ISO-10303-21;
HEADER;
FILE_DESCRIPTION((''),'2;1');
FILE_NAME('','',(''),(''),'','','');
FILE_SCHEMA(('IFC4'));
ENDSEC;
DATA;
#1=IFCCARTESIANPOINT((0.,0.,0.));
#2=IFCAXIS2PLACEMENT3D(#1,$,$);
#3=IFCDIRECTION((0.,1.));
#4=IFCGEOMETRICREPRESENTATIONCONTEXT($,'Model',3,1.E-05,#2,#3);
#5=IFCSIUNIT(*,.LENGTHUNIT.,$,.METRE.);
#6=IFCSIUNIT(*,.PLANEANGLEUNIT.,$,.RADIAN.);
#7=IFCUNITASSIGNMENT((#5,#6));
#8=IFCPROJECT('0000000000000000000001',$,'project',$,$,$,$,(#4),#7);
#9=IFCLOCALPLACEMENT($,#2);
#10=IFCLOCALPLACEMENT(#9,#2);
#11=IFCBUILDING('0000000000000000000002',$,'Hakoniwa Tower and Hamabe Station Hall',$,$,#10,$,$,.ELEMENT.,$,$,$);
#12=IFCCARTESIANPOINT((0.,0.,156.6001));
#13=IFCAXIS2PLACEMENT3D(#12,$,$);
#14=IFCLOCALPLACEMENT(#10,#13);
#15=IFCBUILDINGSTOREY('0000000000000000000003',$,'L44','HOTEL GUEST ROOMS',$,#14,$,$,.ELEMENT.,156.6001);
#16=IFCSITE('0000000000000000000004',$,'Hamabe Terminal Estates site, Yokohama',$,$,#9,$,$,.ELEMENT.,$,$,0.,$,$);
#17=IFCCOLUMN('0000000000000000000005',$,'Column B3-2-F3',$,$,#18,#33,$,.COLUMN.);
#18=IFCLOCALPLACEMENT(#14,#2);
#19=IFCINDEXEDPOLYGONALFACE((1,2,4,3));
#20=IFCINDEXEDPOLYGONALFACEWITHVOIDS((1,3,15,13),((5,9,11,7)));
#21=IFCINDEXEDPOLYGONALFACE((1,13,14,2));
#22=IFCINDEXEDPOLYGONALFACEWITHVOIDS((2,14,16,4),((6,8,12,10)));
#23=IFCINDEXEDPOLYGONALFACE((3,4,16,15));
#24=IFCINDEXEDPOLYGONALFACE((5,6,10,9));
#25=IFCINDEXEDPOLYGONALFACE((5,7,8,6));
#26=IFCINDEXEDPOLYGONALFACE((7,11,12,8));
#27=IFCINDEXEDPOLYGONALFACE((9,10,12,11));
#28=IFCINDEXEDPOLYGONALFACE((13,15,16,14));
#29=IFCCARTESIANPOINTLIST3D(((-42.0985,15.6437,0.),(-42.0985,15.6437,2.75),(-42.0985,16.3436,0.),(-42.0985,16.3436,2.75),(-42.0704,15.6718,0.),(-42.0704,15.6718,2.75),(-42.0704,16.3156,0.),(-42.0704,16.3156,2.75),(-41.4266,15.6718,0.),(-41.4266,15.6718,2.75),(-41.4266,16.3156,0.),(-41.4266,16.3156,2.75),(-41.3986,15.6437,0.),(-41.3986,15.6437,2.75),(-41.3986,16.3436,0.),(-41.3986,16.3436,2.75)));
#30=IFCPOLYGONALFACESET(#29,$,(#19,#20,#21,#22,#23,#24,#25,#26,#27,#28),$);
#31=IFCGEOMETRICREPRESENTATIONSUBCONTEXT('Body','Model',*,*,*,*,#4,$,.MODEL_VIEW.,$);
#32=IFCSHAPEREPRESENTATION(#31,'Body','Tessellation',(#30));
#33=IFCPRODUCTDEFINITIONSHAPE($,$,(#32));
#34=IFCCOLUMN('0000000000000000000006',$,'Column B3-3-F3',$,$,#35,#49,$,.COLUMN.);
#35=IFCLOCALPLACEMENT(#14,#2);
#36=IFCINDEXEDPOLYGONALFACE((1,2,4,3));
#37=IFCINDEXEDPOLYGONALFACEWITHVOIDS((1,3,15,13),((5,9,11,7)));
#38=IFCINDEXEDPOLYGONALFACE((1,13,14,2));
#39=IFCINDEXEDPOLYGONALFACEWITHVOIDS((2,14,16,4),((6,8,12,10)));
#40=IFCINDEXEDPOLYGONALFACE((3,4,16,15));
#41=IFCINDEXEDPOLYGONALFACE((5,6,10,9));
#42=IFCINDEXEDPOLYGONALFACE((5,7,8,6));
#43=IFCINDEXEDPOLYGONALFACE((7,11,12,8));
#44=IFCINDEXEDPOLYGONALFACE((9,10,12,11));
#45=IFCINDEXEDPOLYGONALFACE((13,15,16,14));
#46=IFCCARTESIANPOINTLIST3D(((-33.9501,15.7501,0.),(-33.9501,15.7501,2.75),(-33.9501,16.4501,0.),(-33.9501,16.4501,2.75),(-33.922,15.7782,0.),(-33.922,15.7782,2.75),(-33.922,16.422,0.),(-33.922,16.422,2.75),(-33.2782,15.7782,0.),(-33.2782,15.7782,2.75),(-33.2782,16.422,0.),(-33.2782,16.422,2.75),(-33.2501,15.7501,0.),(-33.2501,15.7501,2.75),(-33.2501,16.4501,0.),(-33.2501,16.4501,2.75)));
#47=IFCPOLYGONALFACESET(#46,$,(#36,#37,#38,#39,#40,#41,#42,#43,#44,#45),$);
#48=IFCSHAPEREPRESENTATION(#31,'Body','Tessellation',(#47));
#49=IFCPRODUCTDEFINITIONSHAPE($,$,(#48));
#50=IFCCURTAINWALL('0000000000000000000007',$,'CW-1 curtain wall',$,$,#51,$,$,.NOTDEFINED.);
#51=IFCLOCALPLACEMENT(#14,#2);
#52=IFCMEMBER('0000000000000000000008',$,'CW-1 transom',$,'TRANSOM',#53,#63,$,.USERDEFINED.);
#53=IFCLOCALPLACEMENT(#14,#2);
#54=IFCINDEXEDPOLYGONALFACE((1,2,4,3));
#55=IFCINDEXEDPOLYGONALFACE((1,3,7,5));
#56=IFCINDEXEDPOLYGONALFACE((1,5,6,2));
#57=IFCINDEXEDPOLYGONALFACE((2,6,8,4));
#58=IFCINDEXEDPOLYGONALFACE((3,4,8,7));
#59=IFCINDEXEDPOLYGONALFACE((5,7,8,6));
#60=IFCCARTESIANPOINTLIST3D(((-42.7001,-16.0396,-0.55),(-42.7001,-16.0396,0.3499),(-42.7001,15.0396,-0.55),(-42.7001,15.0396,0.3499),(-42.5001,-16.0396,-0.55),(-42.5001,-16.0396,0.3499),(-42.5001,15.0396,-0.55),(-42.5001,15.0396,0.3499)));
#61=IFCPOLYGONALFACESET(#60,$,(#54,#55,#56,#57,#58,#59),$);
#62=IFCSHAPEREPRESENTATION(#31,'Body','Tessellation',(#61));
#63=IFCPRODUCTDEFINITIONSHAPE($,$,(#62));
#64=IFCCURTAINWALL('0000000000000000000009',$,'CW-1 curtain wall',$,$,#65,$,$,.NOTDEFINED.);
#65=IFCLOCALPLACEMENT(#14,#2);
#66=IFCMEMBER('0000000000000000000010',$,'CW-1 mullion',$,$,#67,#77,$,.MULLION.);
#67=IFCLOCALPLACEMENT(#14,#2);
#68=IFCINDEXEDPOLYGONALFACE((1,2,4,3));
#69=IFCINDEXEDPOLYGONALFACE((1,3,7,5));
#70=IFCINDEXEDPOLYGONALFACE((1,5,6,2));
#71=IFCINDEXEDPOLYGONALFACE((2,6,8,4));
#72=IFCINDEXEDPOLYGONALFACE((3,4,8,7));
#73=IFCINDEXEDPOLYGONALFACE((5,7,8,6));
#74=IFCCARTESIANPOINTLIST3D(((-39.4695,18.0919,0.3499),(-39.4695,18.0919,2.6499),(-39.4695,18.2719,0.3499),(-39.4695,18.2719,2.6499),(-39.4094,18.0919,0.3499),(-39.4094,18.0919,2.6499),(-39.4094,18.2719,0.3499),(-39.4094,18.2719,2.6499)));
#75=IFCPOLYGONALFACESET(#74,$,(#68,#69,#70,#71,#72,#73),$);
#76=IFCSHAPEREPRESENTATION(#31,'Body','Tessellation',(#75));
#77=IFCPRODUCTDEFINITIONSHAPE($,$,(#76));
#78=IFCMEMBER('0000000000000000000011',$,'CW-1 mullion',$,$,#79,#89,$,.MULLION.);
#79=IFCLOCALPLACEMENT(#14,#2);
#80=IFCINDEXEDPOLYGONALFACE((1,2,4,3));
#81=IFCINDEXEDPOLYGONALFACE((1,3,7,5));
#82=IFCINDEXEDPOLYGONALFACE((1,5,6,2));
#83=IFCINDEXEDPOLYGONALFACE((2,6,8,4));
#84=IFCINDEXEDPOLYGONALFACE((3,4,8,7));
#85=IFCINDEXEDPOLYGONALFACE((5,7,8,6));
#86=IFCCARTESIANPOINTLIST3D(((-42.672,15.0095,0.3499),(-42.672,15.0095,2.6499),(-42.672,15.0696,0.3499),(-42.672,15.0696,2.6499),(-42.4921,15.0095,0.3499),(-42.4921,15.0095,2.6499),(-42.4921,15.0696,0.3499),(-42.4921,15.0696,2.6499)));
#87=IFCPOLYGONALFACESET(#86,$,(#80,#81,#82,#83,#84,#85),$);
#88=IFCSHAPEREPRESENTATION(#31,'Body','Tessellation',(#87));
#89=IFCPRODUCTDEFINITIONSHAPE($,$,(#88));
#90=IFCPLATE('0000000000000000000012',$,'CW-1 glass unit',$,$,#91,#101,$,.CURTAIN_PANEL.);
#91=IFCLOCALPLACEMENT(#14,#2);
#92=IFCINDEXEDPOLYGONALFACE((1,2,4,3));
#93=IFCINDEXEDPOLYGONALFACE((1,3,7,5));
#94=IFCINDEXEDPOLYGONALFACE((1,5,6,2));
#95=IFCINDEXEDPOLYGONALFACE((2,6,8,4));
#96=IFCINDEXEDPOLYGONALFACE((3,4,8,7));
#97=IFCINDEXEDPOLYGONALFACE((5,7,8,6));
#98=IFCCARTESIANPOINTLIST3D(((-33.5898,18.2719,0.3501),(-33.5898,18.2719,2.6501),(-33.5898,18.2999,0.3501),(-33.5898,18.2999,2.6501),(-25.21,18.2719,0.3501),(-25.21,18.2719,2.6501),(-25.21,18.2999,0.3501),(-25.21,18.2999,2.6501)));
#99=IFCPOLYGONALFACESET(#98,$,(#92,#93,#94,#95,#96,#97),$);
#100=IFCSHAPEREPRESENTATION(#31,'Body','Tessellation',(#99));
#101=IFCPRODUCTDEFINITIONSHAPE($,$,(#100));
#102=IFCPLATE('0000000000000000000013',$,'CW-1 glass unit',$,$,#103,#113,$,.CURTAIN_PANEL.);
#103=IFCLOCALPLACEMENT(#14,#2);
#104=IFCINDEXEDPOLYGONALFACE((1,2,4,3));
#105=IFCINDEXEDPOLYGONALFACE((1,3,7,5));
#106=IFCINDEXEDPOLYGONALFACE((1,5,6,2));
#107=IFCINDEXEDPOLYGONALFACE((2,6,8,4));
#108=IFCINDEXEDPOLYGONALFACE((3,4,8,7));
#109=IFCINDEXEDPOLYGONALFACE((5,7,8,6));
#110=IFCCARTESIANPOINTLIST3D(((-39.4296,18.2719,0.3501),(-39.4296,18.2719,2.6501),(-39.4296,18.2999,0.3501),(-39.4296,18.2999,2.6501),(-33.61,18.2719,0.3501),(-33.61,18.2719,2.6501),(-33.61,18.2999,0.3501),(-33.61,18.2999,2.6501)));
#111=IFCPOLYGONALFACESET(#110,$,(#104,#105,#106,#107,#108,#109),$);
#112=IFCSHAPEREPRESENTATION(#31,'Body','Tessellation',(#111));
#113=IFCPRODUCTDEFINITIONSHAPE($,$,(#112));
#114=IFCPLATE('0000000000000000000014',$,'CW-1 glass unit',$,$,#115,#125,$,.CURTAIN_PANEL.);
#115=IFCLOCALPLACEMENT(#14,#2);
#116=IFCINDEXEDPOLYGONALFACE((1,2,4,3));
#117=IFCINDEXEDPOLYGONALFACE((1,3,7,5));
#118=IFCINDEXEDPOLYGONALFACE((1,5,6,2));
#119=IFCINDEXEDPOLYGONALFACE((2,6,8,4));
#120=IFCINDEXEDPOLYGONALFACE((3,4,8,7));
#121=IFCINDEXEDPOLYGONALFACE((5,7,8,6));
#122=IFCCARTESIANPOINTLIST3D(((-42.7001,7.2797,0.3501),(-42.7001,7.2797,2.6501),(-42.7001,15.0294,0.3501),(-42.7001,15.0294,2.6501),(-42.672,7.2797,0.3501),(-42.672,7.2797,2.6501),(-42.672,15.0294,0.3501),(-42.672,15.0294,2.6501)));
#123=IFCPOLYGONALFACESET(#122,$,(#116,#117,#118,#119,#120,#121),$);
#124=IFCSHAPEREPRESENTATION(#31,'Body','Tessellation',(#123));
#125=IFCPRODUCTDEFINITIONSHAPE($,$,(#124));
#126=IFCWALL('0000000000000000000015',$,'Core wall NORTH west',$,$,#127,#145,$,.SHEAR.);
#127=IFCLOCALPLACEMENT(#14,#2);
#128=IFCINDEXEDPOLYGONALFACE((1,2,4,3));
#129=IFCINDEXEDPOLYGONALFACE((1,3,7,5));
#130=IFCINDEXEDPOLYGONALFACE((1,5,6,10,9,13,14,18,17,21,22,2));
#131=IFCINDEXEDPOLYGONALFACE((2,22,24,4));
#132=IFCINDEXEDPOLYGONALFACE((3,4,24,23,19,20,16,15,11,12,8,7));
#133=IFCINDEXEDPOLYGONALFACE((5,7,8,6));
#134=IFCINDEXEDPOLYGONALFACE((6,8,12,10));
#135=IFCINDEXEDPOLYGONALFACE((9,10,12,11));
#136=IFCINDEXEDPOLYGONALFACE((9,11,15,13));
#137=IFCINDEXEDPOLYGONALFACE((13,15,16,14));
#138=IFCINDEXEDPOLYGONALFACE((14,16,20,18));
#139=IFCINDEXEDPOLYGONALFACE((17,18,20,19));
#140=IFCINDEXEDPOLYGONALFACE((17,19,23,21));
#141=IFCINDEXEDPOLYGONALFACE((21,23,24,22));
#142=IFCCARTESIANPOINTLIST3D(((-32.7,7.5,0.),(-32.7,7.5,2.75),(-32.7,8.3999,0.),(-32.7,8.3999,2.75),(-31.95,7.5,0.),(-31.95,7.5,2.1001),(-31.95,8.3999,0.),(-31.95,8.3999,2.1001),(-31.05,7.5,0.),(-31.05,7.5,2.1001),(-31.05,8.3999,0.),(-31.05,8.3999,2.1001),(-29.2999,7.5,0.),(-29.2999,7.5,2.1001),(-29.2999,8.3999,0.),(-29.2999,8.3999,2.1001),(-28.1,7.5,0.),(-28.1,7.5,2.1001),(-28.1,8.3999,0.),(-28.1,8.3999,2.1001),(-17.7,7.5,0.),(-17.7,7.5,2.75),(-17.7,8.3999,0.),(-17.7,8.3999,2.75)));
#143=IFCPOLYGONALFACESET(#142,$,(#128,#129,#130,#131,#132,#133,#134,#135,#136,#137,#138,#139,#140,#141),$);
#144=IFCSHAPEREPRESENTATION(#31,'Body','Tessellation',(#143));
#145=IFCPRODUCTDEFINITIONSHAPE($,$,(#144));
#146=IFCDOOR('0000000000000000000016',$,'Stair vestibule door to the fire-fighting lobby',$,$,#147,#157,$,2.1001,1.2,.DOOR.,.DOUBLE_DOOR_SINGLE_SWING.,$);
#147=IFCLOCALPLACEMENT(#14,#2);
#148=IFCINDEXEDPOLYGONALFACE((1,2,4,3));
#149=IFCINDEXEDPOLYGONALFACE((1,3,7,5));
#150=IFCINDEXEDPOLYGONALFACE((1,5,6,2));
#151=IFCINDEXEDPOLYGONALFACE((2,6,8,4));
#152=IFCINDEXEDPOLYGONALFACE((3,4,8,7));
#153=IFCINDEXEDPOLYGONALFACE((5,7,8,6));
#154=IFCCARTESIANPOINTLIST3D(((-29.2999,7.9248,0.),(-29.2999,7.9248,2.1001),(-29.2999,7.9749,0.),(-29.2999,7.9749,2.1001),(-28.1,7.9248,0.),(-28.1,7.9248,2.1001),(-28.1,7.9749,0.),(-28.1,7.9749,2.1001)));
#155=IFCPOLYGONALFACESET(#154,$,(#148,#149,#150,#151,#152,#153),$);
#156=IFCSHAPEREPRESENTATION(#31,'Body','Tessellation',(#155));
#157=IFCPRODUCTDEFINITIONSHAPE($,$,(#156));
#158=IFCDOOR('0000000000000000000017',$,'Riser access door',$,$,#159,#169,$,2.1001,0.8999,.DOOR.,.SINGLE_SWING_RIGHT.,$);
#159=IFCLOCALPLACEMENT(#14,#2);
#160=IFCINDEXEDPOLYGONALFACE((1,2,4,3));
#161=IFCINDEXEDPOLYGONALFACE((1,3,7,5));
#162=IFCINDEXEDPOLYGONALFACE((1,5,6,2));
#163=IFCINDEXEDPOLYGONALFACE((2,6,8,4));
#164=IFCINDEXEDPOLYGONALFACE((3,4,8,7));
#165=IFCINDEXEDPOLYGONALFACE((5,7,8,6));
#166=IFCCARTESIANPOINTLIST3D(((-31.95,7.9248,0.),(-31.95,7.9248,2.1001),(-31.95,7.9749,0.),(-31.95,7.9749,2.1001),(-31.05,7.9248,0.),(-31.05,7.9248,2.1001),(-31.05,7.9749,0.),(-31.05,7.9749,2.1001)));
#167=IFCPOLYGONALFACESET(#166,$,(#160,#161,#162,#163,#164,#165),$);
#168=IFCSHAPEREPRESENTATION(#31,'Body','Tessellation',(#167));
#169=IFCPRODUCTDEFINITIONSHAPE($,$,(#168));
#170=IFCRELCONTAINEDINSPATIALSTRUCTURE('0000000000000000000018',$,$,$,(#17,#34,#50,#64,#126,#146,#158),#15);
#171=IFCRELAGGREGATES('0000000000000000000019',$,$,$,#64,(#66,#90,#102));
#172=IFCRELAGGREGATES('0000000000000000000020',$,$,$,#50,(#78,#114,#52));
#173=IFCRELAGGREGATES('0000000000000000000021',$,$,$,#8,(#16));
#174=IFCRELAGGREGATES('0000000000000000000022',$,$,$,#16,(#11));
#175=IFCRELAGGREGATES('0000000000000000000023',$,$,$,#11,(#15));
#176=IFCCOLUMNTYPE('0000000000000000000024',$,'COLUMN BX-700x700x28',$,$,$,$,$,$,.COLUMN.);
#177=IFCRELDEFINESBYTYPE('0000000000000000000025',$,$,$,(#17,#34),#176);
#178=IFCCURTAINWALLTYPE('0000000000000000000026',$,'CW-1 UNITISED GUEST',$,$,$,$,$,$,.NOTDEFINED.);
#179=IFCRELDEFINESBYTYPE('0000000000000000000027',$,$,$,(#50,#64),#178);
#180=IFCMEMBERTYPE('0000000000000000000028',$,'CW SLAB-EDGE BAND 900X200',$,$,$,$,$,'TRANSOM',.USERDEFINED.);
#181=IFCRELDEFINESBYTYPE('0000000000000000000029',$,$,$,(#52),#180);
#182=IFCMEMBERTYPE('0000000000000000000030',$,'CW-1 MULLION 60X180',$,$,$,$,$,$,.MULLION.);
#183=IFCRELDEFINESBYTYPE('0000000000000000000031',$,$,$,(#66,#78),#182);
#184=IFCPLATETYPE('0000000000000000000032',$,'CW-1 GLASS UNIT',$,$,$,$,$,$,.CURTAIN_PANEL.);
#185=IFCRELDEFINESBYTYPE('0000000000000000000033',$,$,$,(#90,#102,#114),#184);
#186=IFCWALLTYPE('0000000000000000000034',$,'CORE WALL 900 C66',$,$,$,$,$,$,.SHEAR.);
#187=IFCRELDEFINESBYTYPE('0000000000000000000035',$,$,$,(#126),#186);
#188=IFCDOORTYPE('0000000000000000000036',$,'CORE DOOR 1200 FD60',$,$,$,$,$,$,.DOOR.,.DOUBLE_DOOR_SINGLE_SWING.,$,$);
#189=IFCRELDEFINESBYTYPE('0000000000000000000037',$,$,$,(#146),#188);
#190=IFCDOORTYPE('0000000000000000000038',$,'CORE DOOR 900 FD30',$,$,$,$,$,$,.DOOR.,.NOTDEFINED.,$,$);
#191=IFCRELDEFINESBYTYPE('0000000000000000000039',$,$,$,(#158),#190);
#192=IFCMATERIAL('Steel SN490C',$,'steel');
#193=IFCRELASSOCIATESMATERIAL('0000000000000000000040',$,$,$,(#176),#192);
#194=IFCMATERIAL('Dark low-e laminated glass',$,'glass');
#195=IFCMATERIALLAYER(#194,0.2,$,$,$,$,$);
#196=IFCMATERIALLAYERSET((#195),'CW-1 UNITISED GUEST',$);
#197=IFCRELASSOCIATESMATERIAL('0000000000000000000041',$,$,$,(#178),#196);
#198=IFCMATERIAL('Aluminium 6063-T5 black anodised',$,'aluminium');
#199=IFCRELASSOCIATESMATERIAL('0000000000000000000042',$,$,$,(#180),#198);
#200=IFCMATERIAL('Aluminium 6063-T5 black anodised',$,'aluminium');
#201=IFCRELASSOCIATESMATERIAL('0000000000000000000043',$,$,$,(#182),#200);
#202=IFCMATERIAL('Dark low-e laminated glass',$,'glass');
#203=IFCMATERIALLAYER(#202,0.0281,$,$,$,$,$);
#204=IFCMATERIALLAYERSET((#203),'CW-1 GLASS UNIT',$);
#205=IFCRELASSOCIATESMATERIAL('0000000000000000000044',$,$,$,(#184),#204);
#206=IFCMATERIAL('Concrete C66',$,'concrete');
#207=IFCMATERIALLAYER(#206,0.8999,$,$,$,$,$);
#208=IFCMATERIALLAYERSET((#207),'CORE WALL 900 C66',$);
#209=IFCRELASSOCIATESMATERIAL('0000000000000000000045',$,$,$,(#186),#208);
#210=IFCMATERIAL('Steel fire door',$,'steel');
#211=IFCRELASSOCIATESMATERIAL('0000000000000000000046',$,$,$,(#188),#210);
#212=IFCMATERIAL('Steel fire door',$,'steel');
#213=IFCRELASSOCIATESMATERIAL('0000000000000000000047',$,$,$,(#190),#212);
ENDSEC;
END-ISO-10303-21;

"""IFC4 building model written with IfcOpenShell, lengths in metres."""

from ifc_helpers import new_model, si_unit, direction, frame, frame_2d, origin, origin_2d, place, context, subcontext, project, spatial, rectangle, hollow_rectangle, extrude, material, layer, layer_set, material_profile, profile_set, type_object, element, fill, aggregate, save


model = new_model("IFC4")

# Units and contexts
model_context = context("Model", 3, precision=1e-05, world=origin(), true_north=direction((0.0, 1.0)))
body_context = subcontext(model_context, "Body", "Model", "MODEL_VIEW")
ifc_project = project(units=[si_unit("LENGTHUNIT", "METRE"), si_unit("PLANEANGLEUNIT", "RADIAN")], contexts=[model_context])

# Site, building, storey
site_placement = place(None, origin())
site = spatial("IfcSite", under=ifc_project, at=site_placement, Name="Hamabe Terminal Estates site, Yokohama", CompositionType="ELEMENT", RefElevation=0.0)
building_placement = place(site_placement, origin())
building = spatial("IfcBuilding", under=site, at=building_placement, Name="Hakoniwa Tower and Hamabe Station Hall", CompositionType="ELEMENT")
storey_placement = place(building_placement, frame((0.0, 0.0, 156.6001)))
storey = spatial("IfcBuildingStorey", under=building, at=storey_placement, Name="L44", Description="HOTEL GUEST ROOMS", CompositionType="ELEMENT", Elevation=156.6001)

# Columns
ifc_material_1 = material(Name="Steel SN490C", Category="steel")
ifc_material_profile_1 = material_profile(ifc_material_1, hollow_rectangle(XDim=0.7, YDim=0.7, WallThickness=0.0281, at=origin_2d()), Name="BX-700x700x28")
ifc_profile_set_1 = profile_set([ifc_material_profile_1], Name="Steel SN490C")
column_type = type_object("IfcColumnType", Name="COLUMN BX-700x700x28", PredefinedType="COLUMN", material=ifc_profile_set_1)
for number, where, z_axis, x_axis, name in (
    (1, (-41.7485, 15.9937, 0.0), (0.0, 0.0, 1.0), (1.0, 0.0, 0.0), "Column B3-2-F3"),
    (2, (-33.6001, 16.1001, 0.0), (0.0, 0.0, 1.0), (1.0, 0.0, 0.0), "Column B3-3-F3"),
):
    element("IfcColumn", number, at=place(storey_placement, frame(where, z_axis=z_axis, x_axis=x_axis)), inside=storey, type_object=column_type, Name=name, PredefinedType="COLUMN", context=body_context, shape_type="SweptSolid", body=[
        extrude(hollow_rectangle(XDim=0.7, YDim=0.7, WallThickness=0.0281, at=origin_2d()), origin(), (0.0, 0.0, 1.0), 2.75),
    ])

# Curtain walls, members
ifc_material_2 = material(Name="Dark low-e laminated glass", Category="glass")
ifc_layer_1 = layer(ifc_material_2, 0.2)
ifc_layer_set_1 = layer_set([ifc_layer_1], Name="CW-1 UNITISED GUEST")
curtain_wall_type = type_object("IfcCurtainWallType", Name="CW-1 UNITISED GUEST", PredefinedType="NOTDEFINED", material=ifc_layer_set_1)
curtain_wall_1_placement = place(storey_placement, origin())
curtain_wall_1 = element("IfcCurtainWall", 3, at=curtain_wall_1_placement, inside=storey, type_object=curtain_wall_type, Name="CW-1 curtain wall", PredefinedType="NOTDEFINED")
ifc_material_3 = material(Name="Aluminium 6063-T5 black anodised", Category="aluminium")
ifc_material_profile_2 = material_profile(ifc_material_3, rectangle(XDim=0.2, YDim=0.8999, at=origin_2d()), Name="CW SLAB-EDGE BAND 900X200")
ifc_profile_set_2 = profile_set([ifc_material_profile_2], Name="Aluminium 6063-T5 black anodised")
member_type_1 = type_object("IfcMemberType", Name="CW SLAB-EDGE BAND 900X200", ElementType="TRANSOM", PredefinedType="USERDEFINED", material=ifc_profile_set_2)
member_1_placement = place(storey_placement, frame((-42.6001, 15.0396, -0.1001), z_axis=(0.0, -1.0, 0.0), x_axis=(1.0, 0.0, 0.0)))
member_1 = element("IfcMember", 4, at=member_1_placement, type_object=member_type_1, Name="CW-1 transom", ObjectType="TRANSOM", PredefinedType="USERDEFINED", context=body_context, shape_type="SweptSolid", body=[
    extrude(rectangle(XDim=0.2, YDim=0.8999, at=origin_2d()), origin(), (0.0, 0.0, 1.0), 31.0791),
])
curtain_wall_2_placement = place(storey_placement, origin())
curtain_wall_2 = element("IfcCurtainWall", 5, at=curtain_wall_2_placement, inside=storey, type_object=curtain_wall_type, Name="CW-1 curtain wall", PredefinedType="NOTDEFINED")
ifc_material_4 = material(Name="Aluminium 6063-T5 black anodised", Category="aluminium")
ifc_material_profile_3 = material_profile(ifc_material_4, rectangle(XDim=0.0601, YDim=0.1799, at=origin_2d()), Name="CW-1 MULLION 60X180")
ifc_profile_set_3 = profile_set([ifc_material_profile_3], Name="Aluminium 6063-T5 black anodised")
member_type_2 = type_object("IfcMemberType", Name="CW-1 MULLION 60X180", PredefinedType="MULLION", material=ifc_profile_set_3)
member_2_placement = place(storey_placement, frame((-39.4395, 18.1819, 0.3499), z_axis=(0.0, 0.0, 1.0), x_axis=(-1.0, 0.0, 0.0)))
member_2 = element("IfcMember", 6, at=member_2_placement, type_object=member_type_2, Name="CW-1 mullion", PredefinedType="MULLION", context=body_context, shape_type="SweptSolid", body=[
    extrude(rectangle(XDim=0.0601, YDim=0.1799, at=origin_2d()), origin(), (0.0, 0.0, 1.0), 2.3),
])

# Member
member_3_placement = place(storey_placement, frame((-42.582, 15.0396, 0.3499), z_axis=(0.0, 0.0, 1.0), x_axis=(0.0, -1.0, 0.0)))
member_3 = element("IfcMember", 7, at=member_3_placement, type_object=member_type_2, Name="CW-1 mullion", PredefinedType="MULLION", context=body_context, shape_type="SweptSolid", body=[
    extrude(rectangle(XDim=0.0601, YDim=0.1799, at=origin_2d()), origin(), (0.0, 0.0, 1.0), 2.3),
])

# Plates
ifc_material_5 = material(Name="Dark low-e laminated glass", Category="glass")
ifc_layer_2 = layer(ifc_material_5, 0.0281)
ifc_layer_set_2 = layer_set([ifc_layer_2], Name="CW-1 GLASS UNIT")
plate_type = type_object("IfcPlateType", Name="CW-1 GLASS UNIT", PredefinedType="CURTAIN_PANEL", material=ifc_layer_set_2)
plate_1_placement = place(storey_placement, frame((-29.3999, 18.2859, 0.3501), z_axis=(0.0, 0.0, 1.0), x_axis=(-1.0, 0.0, 0.0)))
plate_1 = element("IfcPlate", 8, at=plate_1_placement, type_object=plate_type, Name="CW-1 glass unit", PredefinedType="CURTAIN_PANEL", context=body_context, shape_type="SweptSolid", body=[
    extrude(rectangle(XDim=8.3799, YDim=0.0281, at=origin_2d()), origin(), (0.0, 0.0, 1.0), 2.3),
])
plate_2_placement = place(storey_placement, frame((-36.5198, 18.2859, 0.3501), z_axis=(0.0, 0.0, 1.0), x_axis=(-1.0, 0.0, 0.0)))
plate_2 = element("IfcPlate", 9, at=plate_2_placement, type_object=plate_type, Name="CW-1 glass unit", PredefinedType="CURTAIN_PANEL", context=body_context, shape_type="SweptSolid", body=[
    extrude(rectangle(XDim=5.8196, YDim=0.0281, at=origin_2d()), origin(), (0.0, 0.0, 1.0), 2.3),
])
aggregate(curtain_wall_2, [member_2, plate_1, plate_2])
plate_3_placement = place(storey_placement, frame((-42.686, 11.1545, 0.3501), z_axis=(0.0, 0.0, 1.0), x_axis=(0.0, -1.0, 0.0)))
plate_3 = element("IfcPlate", 10, at=plate_3_placement, type_object=plate_type, Name="CW-1 glass unit", PredefinedType="CURTAIN_PANEL", context=body_context, shape_type="SweptSolid", body=[
    extrude(rectangle(XDim=7.7498, YDim=0.0281, at=origin_2d()), origin(), (0.0, 0.0, 1.0), 2.3),
])
aggregate(curtain_wall_1, [member_3, plate_3, member_1])

# Wall, openings, doors
ifc_material_6 = material(Name="Concrete C66", Category="concrete")
ifc_layer_3 = layer(ifc_material_6, 0.8999)
ifc_layer_set_3 = layer_set([ifc_layer_3], Name="CORE WALL 900 C66")
wall_type_1 = type_object("IfcWallType", Name="CORE WALL 900 C66", PredefinedType="SHEAR", material=ifc_layer_set_3)
wall_1_placement = place(storey_placement, frame((-32.7, 7.95, 0.0), z_axis=(0.0, 0.0, 1.0), x_axis=(1.0, 0.0, 0.0)))
wall_1 = element("IfcWall", 11, at=wall_1_placement, inside=storey, type_object=wall_type_1, Name="Core wall NORTH west", PredefinedType="SHEAR", context=body_context, shape_type="SweptSolid", body=[
    extrude(rectangle(XDim=15.0, YDim=0.8999, at=frame_2d((7.5, 0.0))), origin(), (0.0, 0.0, 1.0), 2.75),
])
opening_1_placement = place(wall_1_placement, frame((3.3999, 0.0, 0.0)))
opening_1 = element("IfcOpeningElement", 12, at=opening_1_placement, cuts=wall_1, PredefinedType="OPENING", context=body_context, shape_type="SweptSolid", body=[
    extrude(rectangle(XDim=1.2, YDim=2.1001, at=frame_2d((0.6001, 1.05))), frame((0.0, 0.46, 0.0), z_axis=(0.0, -1.0, 0.0), x_axis=(1.0, 0.0, 0.0)), (0.0, 0.0, 1.0), 0.9199),
])
opening_2_placement = place(wall_1_placement, frame((0.75, 0.0, 0.0)))
opening_2 = element("IfcOpeningElement", 13, at=opening_2_placement, cuts=wall_1, PredefinedType="OPENING", context=body_context, shape_type="SweptSolid", body=[
    extrude(rectangle(XDim=0.8999, YDim=2.1001, at=frame_2d((0.45, 1.05))), frame((0.0, 0.46, 0.0), z_axis=(0.0, -1.0, 0.0), x_axis=(1.0, 0.0, 0.0)), (0.0, 0.0, 1.0), 0.9199),
])
ifc_material_7 = material(Name="Steel fire door", Category="steel")
door_type_1 = type_object("IfcDoorType", Name="CORE DOOR 1200 FD60", OperationType="DOUBLE_DOOR_SINGLE_SWING", PredefinedType="DOOR", material=ifc_material_7)
door_1_placement = place(opening_1_placement, origin())
door_1 = element("IfcDoor", 14, at=door_1_placement, inside=storey, type_object=door_type_1, Name="Stair vestibule door to the fire-fighting lobby", OperationType="DOUBLE_DOOR_SINGLE_SWING", OverallHeight=2.1001, OverallWidth=1.2, PredefinedType="DOOR", context=body_context, shape_type="SweptSolid", body=[
    extrude(rectangle(XDim=1.2, YDim=2.1001, at=frame_2d((0.6001, 1.05))), frame((0.0, 0.0249, 0.0), z_axis=(0.0, -1.0, 0.0), x_axis=(1.0, 0.0, 0.0)), (0.0, 0.0, 1.0), 0.05),
])
fill(opening_1, door_1)
ifc_material_8 = material(Name="Steel fire door", Category="steel")
door_type_2 = type_object("IfcDoorType", Name="CORE DOOR 900 FD30", OperationType="NOTDEFINED", PredefinedType="DOOR", material=ifc_material_8)
door_2_placement = place(opening_2_placement, origin())
door_2 = element("IfcDoor", 15, at=door_2_placement, inside=storey, type_object=door_type_2, Name="Riser access door", OperationType="SINGLE_SWING_RIGHT", OverallHeight=2.1001, OverallWidth=0.8999, PredefinedType="DOOR", context=body_context, shape_type="SweptSolid", body=[
    extrude(rectangle(XDim=0.8999, YDim=2.1001, at=frame_2d((0.45, 1.05))), frame((0.0, 0.0249, 0.0), z_axis=(0.0, -1.0, 0.0), x_axis=(1.0, 0.0, 0.0)), (0.0, 0.0, 1.0), 0.05),
])
fill(opening_2, door_2)

save(model, "model.ifc")
